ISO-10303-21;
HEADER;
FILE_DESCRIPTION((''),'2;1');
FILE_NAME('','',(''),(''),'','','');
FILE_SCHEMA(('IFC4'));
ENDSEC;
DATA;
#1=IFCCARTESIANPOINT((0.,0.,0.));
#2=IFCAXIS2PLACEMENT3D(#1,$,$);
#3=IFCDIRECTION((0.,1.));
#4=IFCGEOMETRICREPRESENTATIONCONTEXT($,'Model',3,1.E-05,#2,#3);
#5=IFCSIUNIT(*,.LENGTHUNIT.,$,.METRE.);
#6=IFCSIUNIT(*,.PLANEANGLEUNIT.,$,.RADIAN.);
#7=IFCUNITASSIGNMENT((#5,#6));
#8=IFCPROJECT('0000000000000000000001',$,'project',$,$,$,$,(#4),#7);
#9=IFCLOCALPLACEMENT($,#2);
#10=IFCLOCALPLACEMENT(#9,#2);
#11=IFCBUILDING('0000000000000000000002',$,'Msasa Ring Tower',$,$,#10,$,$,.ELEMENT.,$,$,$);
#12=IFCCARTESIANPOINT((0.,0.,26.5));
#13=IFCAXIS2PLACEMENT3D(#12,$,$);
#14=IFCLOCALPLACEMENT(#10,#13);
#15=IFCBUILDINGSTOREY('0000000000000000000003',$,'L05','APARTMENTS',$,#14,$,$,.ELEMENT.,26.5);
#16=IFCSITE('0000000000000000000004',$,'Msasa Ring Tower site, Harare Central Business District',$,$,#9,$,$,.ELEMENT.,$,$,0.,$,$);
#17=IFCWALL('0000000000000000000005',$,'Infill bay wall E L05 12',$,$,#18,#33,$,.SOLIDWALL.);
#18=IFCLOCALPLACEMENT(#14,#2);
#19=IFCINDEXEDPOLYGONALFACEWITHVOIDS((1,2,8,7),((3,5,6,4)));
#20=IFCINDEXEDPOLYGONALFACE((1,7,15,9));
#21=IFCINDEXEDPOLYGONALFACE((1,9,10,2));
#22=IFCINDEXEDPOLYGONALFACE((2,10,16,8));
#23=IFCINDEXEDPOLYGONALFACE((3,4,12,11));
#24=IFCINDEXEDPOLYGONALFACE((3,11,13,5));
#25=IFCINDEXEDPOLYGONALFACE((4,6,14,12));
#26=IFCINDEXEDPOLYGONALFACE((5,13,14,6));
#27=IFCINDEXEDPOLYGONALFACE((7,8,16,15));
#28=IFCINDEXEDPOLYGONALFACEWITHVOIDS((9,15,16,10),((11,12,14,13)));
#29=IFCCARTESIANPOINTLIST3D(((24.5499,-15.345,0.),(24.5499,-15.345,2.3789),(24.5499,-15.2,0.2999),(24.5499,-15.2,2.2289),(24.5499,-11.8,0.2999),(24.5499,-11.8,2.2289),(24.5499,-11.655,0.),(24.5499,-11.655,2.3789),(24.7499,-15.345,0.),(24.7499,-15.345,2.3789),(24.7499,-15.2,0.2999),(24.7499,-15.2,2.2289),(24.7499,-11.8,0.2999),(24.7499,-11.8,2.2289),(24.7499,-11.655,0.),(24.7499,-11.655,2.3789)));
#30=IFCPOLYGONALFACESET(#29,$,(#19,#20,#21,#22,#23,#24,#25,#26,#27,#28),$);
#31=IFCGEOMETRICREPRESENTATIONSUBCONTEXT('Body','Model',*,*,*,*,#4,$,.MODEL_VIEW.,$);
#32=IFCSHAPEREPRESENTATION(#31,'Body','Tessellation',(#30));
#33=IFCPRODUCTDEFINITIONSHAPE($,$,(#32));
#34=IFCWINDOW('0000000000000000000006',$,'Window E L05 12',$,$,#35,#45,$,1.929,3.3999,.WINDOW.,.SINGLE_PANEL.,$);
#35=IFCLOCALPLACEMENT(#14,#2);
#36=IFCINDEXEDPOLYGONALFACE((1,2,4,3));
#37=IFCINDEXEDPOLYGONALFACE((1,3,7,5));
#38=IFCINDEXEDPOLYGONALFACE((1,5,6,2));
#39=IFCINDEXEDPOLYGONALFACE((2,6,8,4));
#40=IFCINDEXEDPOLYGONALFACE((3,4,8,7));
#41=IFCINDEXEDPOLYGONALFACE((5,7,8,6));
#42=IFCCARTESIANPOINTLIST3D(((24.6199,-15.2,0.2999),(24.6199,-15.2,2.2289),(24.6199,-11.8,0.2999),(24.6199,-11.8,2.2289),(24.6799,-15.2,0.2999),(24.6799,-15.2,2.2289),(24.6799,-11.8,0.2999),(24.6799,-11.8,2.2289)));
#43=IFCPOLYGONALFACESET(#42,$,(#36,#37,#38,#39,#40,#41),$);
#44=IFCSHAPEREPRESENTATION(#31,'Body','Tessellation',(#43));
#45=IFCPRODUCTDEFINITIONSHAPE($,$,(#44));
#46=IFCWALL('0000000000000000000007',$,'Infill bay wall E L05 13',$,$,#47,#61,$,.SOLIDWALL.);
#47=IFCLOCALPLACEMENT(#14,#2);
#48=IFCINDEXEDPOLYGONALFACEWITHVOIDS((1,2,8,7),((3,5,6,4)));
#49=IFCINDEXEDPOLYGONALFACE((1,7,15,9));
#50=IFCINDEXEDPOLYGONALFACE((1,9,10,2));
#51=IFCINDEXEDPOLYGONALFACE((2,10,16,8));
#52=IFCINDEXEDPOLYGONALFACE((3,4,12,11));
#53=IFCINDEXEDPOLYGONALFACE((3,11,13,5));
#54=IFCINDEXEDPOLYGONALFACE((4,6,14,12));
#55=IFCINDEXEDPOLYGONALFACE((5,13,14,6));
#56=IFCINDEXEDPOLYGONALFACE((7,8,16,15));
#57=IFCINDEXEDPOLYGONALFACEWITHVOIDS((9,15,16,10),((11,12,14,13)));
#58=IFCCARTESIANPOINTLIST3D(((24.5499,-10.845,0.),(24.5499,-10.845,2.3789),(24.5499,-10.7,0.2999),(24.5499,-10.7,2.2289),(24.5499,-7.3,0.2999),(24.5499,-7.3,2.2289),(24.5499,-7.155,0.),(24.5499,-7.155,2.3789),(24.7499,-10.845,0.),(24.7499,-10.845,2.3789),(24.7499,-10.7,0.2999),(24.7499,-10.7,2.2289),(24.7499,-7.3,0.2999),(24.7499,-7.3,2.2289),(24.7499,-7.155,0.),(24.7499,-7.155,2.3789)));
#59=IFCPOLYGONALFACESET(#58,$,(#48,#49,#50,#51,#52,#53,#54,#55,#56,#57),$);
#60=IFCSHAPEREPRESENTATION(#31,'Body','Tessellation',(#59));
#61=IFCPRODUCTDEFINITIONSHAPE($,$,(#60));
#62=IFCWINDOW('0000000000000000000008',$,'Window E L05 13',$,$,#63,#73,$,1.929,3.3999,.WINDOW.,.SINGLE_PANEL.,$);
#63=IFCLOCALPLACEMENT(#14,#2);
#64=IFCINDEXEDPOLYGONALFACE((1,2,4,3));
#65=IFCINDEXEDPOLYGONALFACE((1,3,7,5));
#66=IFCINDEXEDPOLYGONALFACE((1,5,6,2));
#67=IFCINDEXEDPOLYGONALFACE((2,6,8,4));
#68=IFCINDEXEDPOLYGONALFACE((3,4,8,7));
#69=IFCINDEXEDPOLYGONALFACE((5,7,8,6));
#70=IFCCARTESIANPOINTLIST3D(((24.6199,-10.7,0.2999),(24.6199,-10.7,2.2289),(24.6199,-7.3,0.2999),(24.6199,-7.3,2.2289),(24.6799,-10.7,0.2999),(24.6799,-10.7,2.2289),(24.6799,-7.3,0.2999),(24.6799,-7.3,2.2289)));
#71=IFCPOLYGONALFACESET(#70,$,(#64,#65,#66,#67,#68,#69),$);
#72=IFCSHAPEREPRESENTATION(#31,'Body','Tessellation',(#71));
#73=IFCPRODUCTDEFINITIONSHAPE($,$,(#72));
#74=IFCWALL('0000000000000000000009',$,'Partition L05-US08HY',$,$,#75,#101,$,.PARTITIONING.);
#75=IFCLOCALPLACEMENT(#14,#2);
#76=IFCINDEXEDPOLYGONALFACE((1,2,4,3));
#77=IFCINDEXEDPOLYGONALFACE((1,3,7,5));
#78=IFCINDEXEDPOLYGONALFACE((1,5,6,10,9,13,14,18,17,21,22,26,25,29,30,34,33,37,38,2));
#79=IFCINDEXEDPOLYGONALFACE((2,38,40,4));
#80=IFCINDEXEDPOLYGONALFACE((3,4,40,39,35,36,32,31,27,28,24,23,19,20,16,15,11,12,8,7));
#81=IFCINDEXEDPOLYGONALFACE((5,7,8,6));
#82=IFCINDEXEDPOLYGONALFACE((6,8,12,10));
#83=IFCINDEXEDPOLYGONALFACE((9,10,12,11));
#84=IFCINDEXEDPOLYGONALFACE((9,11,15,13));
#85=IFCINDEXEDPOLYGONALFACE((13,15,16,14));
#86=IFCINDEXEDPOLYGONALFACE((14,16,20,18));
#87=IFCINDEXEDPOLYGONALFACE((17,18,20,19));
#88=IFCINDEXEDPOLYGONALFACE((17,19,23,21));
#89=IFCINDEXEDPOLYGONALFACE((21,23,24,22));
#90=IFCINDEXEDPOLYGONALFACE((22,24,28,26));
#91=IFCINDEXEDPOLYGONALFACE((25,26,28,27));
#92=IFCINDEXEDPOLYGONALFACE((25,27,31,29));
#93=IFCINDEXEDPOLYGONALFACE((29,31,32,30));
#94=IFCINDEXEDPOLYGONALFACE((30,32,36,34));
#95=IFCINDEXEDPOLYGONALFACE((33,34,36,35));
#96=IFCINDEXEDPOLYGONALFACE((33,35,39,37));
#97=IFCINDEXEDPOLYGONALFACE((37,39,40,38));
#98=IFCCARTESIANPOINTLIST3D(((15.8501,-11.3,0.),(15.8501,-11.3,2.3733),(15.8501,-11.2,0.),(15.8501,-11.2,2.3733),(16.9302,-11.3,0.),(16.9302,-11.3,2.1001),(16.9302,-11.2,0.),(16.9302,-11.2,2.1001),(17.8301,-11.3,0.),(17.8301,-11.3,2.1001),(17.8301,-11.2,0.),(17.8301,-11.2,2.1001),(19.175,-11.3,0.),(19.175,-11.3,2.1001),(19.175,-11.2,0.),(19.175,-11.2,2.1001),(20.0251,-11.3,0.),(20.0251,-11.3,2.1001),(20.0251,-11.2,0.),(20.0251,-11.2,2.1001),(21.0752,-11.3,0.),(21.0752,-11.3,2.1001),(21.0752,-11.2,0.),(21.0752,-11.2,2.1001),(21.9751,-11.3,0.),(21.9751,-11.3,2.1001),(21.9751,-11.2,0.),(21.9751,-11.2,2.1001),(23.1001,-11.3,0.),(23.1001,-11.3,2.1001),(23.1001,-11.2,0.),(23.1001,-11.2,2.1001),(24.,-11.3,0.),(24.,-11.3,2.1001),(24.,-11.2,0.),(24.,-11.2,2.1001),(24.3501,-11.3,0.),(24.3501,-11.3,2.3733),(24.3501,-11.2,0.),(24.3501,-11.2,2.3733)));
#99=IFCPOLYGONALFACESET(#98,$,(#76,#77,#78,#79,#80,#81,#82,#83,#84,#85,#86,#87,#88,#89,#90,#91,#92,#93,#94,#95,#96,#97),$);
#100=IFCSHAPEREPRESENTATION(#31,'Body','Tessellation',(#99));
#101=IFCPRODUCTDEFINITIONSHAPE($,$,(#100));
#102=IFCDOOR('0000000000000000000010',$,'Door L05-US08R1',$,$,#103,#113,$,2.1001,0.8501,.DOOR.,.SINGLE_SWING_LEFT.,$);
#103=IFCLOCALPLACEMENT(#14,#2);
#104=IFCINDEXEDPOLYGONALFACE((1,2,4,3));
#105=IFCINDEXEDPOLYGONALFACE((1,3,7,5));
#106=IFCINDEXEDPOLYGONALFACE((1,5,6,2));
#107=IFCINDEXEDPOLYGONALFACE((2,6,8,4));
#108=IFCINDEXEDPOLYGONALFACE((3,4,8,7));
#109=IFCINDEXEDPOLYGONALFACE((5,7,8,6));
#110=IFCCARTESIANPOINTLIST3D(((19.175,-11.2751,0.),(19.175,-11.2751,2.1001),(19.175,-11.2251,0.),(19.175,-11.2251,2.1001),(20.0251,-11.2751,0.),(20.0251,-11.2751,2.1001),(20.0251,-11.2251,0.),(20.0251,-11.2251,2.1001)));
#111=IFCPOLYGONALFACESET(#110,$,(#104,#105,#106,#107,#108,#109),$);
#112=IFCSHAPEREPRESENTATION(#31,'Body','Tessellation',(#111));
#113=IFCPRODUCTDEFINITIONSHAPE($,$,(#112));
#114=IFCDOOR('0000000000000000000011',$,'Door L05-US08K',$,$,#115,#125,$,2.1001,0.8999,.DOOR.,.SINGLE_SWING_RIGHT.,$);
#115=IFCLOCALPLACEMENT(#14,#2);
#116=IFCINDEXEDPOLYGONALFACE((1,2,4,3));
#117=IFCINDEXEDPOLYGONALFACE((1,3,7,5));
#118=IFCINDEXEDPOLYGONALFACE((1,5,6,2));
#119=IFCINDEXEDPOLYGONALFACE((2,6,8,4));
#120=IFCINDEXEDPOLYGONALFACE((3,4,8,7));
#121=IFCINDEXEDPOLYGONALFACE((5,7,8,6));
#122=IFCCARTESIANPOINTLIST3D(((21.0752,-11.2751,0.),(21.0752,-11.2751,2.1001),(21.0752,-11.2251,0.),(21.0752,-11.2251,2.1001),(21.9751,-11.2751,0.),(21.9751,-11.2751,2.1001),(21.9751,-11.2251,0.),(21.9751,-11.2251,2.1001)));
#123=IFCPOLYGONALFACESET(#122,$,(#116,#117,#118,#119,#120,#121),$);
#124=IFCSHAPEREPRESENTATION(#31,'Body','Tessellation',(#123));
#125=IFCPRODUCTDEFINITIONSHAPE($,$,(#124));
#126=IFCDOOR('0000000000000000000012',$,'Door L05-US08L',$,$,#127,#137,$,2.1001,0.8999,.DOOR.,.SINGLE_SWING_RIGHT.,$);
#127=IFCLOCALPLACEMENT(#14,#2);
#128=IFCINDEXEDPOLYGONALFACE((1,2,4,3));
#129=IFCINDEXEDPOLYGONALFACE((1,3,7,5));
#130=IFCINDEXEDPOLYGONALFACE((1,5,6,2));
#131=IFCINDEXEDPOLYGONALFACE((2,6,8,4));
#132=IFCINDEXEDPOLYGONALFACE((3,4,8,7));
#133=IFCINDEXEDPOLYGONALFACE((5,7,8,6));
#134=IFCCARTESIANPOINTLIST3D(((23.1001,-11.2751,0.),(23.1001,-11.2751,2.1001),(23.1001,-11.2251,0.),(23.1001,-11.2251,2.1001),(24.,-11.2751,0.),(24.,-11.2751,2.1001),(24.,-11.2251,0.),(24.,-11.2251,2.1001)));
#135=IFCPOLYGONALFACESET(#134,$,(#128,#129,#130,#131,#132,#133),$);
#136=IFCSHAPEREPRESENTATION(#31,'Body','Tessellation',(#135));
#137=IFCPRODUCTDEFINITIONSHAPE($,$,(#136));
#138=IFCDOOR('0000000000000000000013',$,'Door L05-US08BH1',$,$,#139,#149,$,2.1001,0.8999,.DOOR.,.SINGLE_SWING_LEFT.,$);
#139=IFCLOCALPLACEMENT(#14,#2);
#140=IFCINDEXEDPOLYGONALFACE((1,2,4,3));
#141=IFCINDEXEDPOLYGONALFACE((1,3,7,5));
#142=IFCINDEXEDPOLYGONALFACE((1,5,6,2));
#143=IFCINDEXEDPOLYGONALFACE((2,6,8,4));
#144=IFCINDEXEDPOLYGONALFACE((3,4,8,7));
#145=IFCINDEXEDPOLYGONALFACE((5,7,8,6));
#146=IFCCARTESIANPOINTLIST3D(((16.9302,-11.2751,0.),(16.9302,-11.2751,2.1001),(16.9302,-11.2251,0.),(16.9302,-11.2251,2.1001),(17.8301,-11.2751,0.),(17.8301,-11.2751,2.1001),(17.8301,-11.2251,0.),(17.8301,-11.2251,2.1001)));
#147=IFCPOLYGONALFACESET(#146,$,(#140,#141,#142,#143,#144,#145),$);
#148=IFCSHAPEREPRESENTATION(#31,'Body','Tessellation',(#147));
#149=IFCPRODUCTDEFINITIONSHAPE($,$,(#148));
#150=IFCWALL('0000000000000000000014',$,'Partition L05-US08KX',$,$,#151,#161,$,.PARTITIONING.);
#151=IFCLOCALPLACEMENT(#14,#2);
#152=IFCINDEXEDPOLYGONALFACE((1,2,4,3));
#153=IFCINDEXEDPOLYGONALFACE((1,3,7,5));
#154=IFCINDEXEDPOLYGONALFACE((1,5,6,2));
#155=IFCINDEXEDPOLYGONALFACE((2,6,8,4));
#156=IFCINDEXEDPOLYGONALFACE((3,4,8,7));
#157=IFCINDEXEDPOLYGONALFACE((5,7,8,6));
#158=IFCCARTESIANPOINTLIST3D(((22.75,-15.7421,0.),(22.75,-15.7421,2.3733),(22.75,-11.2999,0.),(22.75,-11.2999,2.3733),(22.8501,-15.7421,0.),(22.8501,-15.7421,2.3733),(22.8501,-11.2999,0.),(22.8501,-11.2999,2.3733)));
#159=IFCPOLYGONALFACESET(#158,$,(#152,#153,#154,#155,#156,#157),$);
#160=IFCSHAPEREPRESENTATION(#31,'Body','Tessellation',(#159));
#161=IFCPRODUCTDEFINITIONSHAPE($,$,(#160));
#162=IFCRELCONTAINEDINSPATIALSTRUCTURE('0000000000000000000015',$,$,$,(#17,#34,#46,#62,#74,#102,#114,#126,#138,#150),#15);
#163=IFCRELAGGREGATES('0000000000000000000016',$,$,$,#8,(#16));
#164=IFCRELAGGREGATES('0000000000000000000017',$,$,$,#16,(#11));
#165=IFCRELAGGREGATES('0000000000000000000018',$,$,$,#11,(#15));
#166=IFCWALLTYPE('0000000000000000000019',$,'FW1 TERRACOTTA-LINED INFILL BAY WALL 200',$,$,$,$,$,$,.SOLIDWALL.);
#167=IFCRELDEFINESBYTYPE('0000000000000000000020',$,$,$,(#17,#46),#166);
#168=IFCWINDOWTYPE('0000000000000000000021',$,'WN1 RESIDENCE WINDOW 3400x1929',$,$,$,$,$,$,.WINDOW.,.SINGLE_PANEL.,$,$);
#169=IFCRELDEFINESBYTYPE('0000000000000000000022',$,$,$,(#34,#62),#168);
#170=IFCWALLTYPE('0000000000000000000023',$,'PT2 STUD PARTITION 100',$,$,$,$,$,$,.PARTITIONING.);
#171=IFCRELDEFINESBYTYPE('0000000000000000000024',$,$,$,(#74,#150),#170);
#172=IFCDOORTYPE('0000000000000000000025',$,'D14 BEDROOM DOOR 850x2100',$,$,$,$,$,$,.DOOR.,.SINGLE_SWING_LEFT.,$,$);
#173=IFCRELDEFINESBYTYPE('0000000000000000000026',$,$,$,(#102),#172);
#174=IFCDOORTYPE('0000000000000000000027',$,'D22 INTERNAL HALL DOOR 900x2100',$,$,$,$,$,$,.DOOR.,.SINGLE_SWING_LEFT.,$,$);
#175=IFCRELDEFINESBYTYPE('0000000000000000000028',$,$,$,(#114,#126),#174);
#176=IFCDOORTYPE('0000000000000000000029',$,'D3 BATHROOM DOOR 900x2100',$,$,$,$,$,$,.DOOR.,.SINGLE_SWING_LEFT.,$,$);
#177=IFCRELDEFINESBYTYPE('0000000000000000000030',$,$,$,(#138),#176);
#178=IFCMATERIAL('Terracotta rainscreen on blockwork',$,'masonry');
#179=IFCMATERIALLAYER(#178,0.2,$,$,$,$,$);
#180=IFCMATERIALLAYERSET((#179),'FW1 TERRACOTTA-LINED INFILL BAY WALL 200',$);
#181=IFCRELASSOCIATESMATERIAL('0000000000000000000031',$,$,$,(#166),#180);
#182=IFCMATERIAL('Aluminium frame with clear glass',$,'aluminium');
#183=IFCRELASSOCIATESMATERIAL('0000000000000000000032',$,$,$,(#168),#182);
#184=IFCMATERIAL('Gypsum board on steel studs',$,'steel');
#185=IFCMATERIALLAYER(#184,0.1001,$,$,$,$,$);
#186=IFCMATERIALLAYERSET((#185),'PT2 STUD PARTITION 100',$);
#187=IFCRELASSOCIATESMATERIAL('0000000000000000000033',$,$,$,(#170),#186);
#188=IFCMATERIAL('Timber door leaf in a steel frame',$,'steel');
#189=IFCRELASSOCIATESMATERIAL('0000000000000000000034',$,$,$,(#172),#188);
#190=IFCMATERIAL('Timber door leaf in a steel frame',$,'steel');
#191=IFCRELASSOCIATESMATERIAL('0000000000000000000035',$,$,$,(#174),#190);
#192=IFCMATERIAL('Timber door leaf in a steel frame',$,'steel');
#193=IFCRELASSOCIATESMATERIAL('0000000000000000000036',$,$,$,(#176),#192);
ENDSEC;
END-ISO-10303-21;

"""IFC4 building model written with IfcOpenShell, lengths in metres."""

from ifc_helpers import new_model, si_unit, direction, frame, frame_2d, origin, place, context, subcontext, project, spatial, rectangle, extrude, material, layer, layer_set, type_object, element, fill, save


model = new_model("IFC4")

# Units and contexts
model_context = context("Model", 3, precision=1e-05, world=origin(), true_north=direction((0.0, 1.0)))
body_context = subcontext(model_context, "Body", "Model", "MODEL_VIEW")
ifc_project = project(units=[si_unit("LENGTHUNIT", "METRE"), si_unit("PLANEANGLEUNIT", "RADIAN")], contexts=[model_context])

# Site, building, storey
site_placement = place(None, origin())
site = spatial("IfcSite", under=ifc_project, at=site_placement, Name="Msasa Ring Tower site, Harare Central Business District", CompositionType="ELEMENT", RefElevation=0.0)
building_placement = place(site_placement, origin())
building = spatial("IfcBuilding", under=site, at=building_placement, Name="Msasa Ring Tower", CompositionType="ELEMENT")
storey_placement = place(building_placement, frame((0.0, 0.0, 26.5)))
storey = spatial("IfcBuildingStorey", under=building, at=storey_placement, Name="L05", Description="APARTMENTS", CompositionType="ELEMENT", Elevation=26.5)

# Walls, openings, windows
ifc_material_1 = material(Name="Terracotta rainscreen on blockwork", Category="masonry")
ifc_layer_1 = layer(ifc_material_1, 0.2)
ifc_layer_set_1 = layer_set([ifc_layer_1], Name="FW1 TERRACOTTA-LINED INFILL BAY WALL 200")
wall_type_1 = type_object("IfcWallType", Name="FW1 TERRACOTTA-LINED INFILL BAY WALL 200", PredefinedType="SOLIDWALL", material=ifc_layer_set_1)
ifc_material_2 = material(Name="Aluminium frame with clear glass", Category="aluminium")
window_type = type_object("IfcWindowType", Name="WN1 RESIDENCE WINDOW 3400x1929", PartitioningType="SINGLE_PANEL", PredefinedType="WINDOW", material=ifc_material_2)
wall_1_placement = place(storey_placement, frame((24.6499, -15.345, 0.0), z_axis=(0.0, 0.0, 1.0), x_axis=(0.0, 1.0, 0.0)))
wall_1 = element("IfcWall", 1, at=wall_1_placement, inside=storey, type_object=wall_type_1, Name="Infill bay wall E L05 12", PredefinedType="SOLIDWALL", context=body_context, shape_type="SweptSolid", body=[
    extrude(rectangle(XDim=3.6899, YDim=0.2, at=frame_2d((1.845, 0.0))), origin(), (0.0, 0.0, 1.0), 2.3789),
])
opening_1_placement = place(wall_1_placement, frame((0.145, 0.0, 0.3)))
opening_1 = element("IfcOpeningElement", 2, at=opening_1_placement, cuts=wall_1, PredefinedType="OPENING", context=body_context, shape_type="SweptSolid", body=[
    extrude(rectangle(XDim=3.3999, YDim=1.929, at=frame_2d((1.7, 0.9644))), frame((0.0, 0.1099, 0.0), z_axis=(0.0, -1.0, 0.0), x_axis=(1.0, 0.0, 0.0)), (0.0, 0.0, 1.0), 0.22),
])
window_1_placement = place(opening_1_placement, origin())
window_1 = element("IfcWindow", 3, at=window_1_placement, inside=storey, type_object=window_type, Name="Window E L05 12", OverallHeight=1.929, OverallWidth=3.3999, PartitioningType="SINGLE_PANEL", PredefinedType="WINDOW", context=body_context, shape_type="SweptSolid", body=[
    extrude(rectangle(XDim=3.3999, YDim=1.929, at=frame_2d((1.7, 0.9644))), frame((0.0, 0.03, 0.0), z_axis=(0.0, -1.0, 0.0), x_axis=(1.0, 0.0, 0.0)), (0.0, 0.0, 1.0), 0.0601),
])
fill(opening_1, window_1)
wall_2_placement = place(storey_placement, frame((24.6499, -10.845, 0.0), z_axis=(0.0, 0.0, 1.0), x_axis=(0.0, 1.0, 0.0)))
wall_2 = element("IfcWall", 4, at=wall_2_placement, inside=storey, type_object=wall_type_1, Name="Infill bay wall E L05 13", PredefinedType="SOLIDWALL", context=body_context, shape_type="SweptSolid", body=[
    extrude(rectangle(XDim=3.6899, YDim=0.2, at=frame_2d((1.845, 0.0))), origin(), (0.0, 0.0, 1.0), 2.3789),
])
opening_2_placement = place(wall_2_placement, frame((0.145, 0.0, 0.3)))
opening_2 = element("IfcOpeningElement", 5, at=opening_2_placement, cuts=wall_2, PredefinedType="OPENING", context=body_context, shape_type="SweptSolid", body=[
    extrude(rectangle(XDim=3.3999, YDim=1.929, at=frame_2d((1.7, 0.9644))), frame((0.0, 0.1099, 0.0), z_axis=(0.0, -1.0, 0.0), x_axis=(1.0, 0.0, 0.0)), (0.0, 0.0, 1.0), 0.22),
])
window_2_placement = place(opening_2_placement, origin())
window_2 = element("IfcWindow", 6, at=window_2_placement, inside=storey, type_object=window_type, Name="Window E L05 13", OverallHeight=1.929, OverallWidth=3.3999, PartitioningType="SINGLE_PANEL", PredefinedType="WINDOW", context=body_context, shape_type="SweptSolid", body=[
    extrude(rectangle(XDim=3.3999, YDim=1.929, at=frame_2d((1.7, 0.9644))), frame((0.0, 0.03, 0.0), z_axis=(0.0, -1.0, 0.0), x_axis=(1.0, 0.0, 0.0)), (0.0, 0.0, 1.0), 0.0601),
])
fill(opening_2, window_2)

# Wall, openings, doors
ifc_material_3 = material(Name="Gypsum board on steel studs", Category="steel")
ifc_layer_2 = layer(ifc_material_3, 0.1001)
ifc_layer_set_2 = layer_set([ifc_layer_2], Name="PT2 STUD PARTITION 100")
wall_type_2 = type_object("IfcWallType", Name="PT2 STUD PARTITION 100", PredefinedType="PARTITIONING", material=ifc_layer_set_2)
wall_3_placement = place(storey_placement, frame((15.8501, -11.25, 0.0), z_axis=(0.0, 0.0, 1.0), x_axis=(1.0, 0.0, 0.0)))
wall_3 = element("IfcWall", 7, at=wall_3_placement, inside=storey, type_object=wall_type_2, Name="Partition L05-US08HY", PredefinedType="PARTITIONING", context=body_context, shape_type="SweptSolid", body=[
    extrude(rectangle(XDim=8.5, YDim=0.1001, at=frame_2d((4.25, 0.0))), origin(), (0.0, 0.0, 1.0), 2.3733),
])
opening_3_placement = place(wall_3_placement, frame((5.2251, 0.0, 0.0)))
opening_3 = element("IfcOpeningElement", 8, at=opening_3_placement, cuts=wall_3, PredefinedType="OPENING", context=body_context, shape_type="SweptSolid", body=[
    extrude(rectangle(XDim=0.8999, YDim=2.1001, at=frame_2d((0.45, 1.05))), frame((0.0, 0.0601, 0.0), z_axis=(0.0, -1.0, 0.0), x_axis=(1.0, 0.0, 0.0)), (0.0, 0.0, 1.0), 0.1201),
])
opening_4_placement = place(wall_3_placement, frame((7.25, 0.0, 0.0)))
opening_4 = element("IfcOpeningElement", 9, at=opening_4_placement, cuts=wall_3, PredefinedType="OPENING", context=body_context, shape_type="SweptSolid", body=[
    extrude(rectangle(XDim=0.8999, YDim=2.1001, at=frame_2d((0.45, 1.05))), frame((0.0, 0.0601, 0.0), z_axis=(0.0, -1.0, 0.0), x_axis=(1.0, 0.0, 0.0)), (0.0, 0.0, 1.0), 0.1201),
])
opening_5_placement = place(wall_3_placement, frame((3.325, 0.0, 0.0)))
opening_5 = element("IfcOpeningElement", 10, at=opening_5_placement, cuts=wall_3, PredefinedType="OPENING", context=body_context, shape_type="SweptSolid", body=[
    extrude(rectangle(XDim=0.8501, YDim=2.1001, at=frame_2d((0.425, 1.05))), frame((0.0, 0.0601, 0.0), z_axis=(0.0, -1.0, 0.0), x_axis=(1.0, 0.0, 0.0)), (0.0, 0.0, 1.0), 0.1201),
])
opening_6_placement = place(wall_3_placement, frame((1.0801, 0.0, 0.0)))
opening_6 = element("IfcOpeningElement", 11, at=opening_6_placement, cuts=wall_3, PredefinedType="OPENING", context=body_context, shape_type="SweptSolid", body=[
    extrude(rectangle(XDim=0.8999, YDim=2.1001, at=frame_2d((0.45, 1.05))), frame((0.0, 0.0601, 0.0), z_axis=(0.0, -1.0, 0.0), x_axis=(1.0, 0.0, 0.0)), (0.0, 0.0, 1.0), 0.1201),
])
ifc_material_4 = material(Name="Timber door leaf in a steel frame", Category="steel")
door_type_1 = type_object("IfcDoorType", Name="D14 BEDROOM DOOR 850x2100", OperationType="SINGLE_SWING_LEFT", PredefinedType="DOOR", material=ifc_material_4)
door_1_placement = place(opening_5_placement, origin())
door_1 = element("IfcDoor", 12, at=door_1_placement, inside=storey, type_object=door_type_1, Name="Door L05-US08R1", OperationType="SINGLE_SWING_LEFT", OverallHeight=2.1001, OverallWidth=0.8501, PredefinedType="DOOR", context=body_context, shape_type="SweptSolid", body=[
    extrude(rectangle(XDim=0.8501, YDim=2.1001, at=frame_2d((0.425, 1.05))), frame((0.0, 0.0249, 0.0), z_axis=(0.0, -1.0, 0.0), x_axis=(1.0, 0.0, 0.0)), (0.0, 0.0, 1.0), 0.05),
])
fill(opening_5, door_1)
ifc_material_5 = material(Name="Timber door leaf in a steel frame", Category="steel")
door_type_2 = type_object("IfcDoorType", Name="D22 INTERNAL HALL DOOR 900x2100", OperationType="SINGLE_SWING_LEFT", PredefinedType="DOOR", material=ifc_material_5)
door_2_placement = place(opening_3_placement, origin())
door_2 = element("IfcDoor", 13, at=door_2_placement, inside=storey, type_object=door_type_2, Name="Door L05-US08K", OperationType="SINGLE_SWING_RIGHT", OverallHeight=2.1001, OverallWidth=0.8999, PredefinedType="DOOR", context=body_context, shape_type="SweptSolid", body=[
    extrude(rectangle(XDim=0.8999, YDim=2.1001, at=frame_2d((0.45, 1.05))), frame((0.0, 0.0249, 0.0), z_axis=(0.0, -1.0, 0.0), x_axis=(1.0, 0.0, 0.0)), (0.0, 0.0, 1.0), 0.05),
])
fill(opening_3, door_2)
door_3_placement = place(opening_4_placement, origin())
door_3 = element("IfcDoor", 14, at=door_3_placement, inside=storey, type_object=door_type_2, Name="Door L05-US08L", OperationType="SINGLE_SWING_RIGHT", OverallHeight=2.1001, OverallWidth=0.8999, PredefinedType="DOOR", context=body_context, shape_type="SweptSolid", body=[
    extrude(rectangle(XDim=0.8999, YDim=2.1001, at=frame_2d((0.45, 1.05))), frame((0.0, 0.0249, 0.0), z_axis=(0.0, -1.0, 0.0), x_axis=(1.0, 0.0, 0.0)), (0.0, 0.0, 1.0), 0.05),
])
fill(opening_4, door_3)
ifc_material_6 = material(Name="Timber door leaf in a steel frame", Category="steel")
door_type_3 = type_object("IfcDoorType", Name="D3 BATHROOM DOOR 900x2100", OperationType="SINGLE_SWING_LEFT", PredefinedType="DOOR", material=ifc_material_6)
door_4_placement = place(opening_6_placement, origin())
door_4 = element("IfcDoor", 15, at=door_4_placement, inside=storey, type_object=door_type_3, Name="Door L05-US08BH1", OperationType="SINGLE_SWING_LEFT", OverallHeight=2.1001, OverallWidth=0.8999, PredefinedType="DOOR", context=body_context, shape_type="SweptSolid", body=[
    extrude(rectangle(XDim=0.8999, YDim=2.1001, at=frame_2d((0.45, 1.05))), frame((0.0, 0.0249, 0.0), z_axis=(0.0, -1.0, 0.0), x_axis=(1.0, 0.0, 0.0)), (0.0, 0.0, 1.0), 0.05),
])
fill(opening_6, door_4)

# Wall
wall_4_placement = place(storey_placement, frame((22.8, -15.7422, 0.0), z_axis=(0.0, 0.0, 1.0), x_axis=(0.0, 1.0, 0.0)))
element("IfcWall", 16, at=wall_4_placement, inside=storey, type_object=wall_type_2, Name="Partition L05-US08KX", PredefinedType="PARTITIONING", context=body_context, shape_type="SweptSolid", body=[
    extrude(rectangle(XDim=4.4421, YDim=0.1001, at=frame_2d((2.2212, 0.0))), origin(), (0.0, 0.0, 1.0), 2.3733),
])

save(model, "model.ifc")
